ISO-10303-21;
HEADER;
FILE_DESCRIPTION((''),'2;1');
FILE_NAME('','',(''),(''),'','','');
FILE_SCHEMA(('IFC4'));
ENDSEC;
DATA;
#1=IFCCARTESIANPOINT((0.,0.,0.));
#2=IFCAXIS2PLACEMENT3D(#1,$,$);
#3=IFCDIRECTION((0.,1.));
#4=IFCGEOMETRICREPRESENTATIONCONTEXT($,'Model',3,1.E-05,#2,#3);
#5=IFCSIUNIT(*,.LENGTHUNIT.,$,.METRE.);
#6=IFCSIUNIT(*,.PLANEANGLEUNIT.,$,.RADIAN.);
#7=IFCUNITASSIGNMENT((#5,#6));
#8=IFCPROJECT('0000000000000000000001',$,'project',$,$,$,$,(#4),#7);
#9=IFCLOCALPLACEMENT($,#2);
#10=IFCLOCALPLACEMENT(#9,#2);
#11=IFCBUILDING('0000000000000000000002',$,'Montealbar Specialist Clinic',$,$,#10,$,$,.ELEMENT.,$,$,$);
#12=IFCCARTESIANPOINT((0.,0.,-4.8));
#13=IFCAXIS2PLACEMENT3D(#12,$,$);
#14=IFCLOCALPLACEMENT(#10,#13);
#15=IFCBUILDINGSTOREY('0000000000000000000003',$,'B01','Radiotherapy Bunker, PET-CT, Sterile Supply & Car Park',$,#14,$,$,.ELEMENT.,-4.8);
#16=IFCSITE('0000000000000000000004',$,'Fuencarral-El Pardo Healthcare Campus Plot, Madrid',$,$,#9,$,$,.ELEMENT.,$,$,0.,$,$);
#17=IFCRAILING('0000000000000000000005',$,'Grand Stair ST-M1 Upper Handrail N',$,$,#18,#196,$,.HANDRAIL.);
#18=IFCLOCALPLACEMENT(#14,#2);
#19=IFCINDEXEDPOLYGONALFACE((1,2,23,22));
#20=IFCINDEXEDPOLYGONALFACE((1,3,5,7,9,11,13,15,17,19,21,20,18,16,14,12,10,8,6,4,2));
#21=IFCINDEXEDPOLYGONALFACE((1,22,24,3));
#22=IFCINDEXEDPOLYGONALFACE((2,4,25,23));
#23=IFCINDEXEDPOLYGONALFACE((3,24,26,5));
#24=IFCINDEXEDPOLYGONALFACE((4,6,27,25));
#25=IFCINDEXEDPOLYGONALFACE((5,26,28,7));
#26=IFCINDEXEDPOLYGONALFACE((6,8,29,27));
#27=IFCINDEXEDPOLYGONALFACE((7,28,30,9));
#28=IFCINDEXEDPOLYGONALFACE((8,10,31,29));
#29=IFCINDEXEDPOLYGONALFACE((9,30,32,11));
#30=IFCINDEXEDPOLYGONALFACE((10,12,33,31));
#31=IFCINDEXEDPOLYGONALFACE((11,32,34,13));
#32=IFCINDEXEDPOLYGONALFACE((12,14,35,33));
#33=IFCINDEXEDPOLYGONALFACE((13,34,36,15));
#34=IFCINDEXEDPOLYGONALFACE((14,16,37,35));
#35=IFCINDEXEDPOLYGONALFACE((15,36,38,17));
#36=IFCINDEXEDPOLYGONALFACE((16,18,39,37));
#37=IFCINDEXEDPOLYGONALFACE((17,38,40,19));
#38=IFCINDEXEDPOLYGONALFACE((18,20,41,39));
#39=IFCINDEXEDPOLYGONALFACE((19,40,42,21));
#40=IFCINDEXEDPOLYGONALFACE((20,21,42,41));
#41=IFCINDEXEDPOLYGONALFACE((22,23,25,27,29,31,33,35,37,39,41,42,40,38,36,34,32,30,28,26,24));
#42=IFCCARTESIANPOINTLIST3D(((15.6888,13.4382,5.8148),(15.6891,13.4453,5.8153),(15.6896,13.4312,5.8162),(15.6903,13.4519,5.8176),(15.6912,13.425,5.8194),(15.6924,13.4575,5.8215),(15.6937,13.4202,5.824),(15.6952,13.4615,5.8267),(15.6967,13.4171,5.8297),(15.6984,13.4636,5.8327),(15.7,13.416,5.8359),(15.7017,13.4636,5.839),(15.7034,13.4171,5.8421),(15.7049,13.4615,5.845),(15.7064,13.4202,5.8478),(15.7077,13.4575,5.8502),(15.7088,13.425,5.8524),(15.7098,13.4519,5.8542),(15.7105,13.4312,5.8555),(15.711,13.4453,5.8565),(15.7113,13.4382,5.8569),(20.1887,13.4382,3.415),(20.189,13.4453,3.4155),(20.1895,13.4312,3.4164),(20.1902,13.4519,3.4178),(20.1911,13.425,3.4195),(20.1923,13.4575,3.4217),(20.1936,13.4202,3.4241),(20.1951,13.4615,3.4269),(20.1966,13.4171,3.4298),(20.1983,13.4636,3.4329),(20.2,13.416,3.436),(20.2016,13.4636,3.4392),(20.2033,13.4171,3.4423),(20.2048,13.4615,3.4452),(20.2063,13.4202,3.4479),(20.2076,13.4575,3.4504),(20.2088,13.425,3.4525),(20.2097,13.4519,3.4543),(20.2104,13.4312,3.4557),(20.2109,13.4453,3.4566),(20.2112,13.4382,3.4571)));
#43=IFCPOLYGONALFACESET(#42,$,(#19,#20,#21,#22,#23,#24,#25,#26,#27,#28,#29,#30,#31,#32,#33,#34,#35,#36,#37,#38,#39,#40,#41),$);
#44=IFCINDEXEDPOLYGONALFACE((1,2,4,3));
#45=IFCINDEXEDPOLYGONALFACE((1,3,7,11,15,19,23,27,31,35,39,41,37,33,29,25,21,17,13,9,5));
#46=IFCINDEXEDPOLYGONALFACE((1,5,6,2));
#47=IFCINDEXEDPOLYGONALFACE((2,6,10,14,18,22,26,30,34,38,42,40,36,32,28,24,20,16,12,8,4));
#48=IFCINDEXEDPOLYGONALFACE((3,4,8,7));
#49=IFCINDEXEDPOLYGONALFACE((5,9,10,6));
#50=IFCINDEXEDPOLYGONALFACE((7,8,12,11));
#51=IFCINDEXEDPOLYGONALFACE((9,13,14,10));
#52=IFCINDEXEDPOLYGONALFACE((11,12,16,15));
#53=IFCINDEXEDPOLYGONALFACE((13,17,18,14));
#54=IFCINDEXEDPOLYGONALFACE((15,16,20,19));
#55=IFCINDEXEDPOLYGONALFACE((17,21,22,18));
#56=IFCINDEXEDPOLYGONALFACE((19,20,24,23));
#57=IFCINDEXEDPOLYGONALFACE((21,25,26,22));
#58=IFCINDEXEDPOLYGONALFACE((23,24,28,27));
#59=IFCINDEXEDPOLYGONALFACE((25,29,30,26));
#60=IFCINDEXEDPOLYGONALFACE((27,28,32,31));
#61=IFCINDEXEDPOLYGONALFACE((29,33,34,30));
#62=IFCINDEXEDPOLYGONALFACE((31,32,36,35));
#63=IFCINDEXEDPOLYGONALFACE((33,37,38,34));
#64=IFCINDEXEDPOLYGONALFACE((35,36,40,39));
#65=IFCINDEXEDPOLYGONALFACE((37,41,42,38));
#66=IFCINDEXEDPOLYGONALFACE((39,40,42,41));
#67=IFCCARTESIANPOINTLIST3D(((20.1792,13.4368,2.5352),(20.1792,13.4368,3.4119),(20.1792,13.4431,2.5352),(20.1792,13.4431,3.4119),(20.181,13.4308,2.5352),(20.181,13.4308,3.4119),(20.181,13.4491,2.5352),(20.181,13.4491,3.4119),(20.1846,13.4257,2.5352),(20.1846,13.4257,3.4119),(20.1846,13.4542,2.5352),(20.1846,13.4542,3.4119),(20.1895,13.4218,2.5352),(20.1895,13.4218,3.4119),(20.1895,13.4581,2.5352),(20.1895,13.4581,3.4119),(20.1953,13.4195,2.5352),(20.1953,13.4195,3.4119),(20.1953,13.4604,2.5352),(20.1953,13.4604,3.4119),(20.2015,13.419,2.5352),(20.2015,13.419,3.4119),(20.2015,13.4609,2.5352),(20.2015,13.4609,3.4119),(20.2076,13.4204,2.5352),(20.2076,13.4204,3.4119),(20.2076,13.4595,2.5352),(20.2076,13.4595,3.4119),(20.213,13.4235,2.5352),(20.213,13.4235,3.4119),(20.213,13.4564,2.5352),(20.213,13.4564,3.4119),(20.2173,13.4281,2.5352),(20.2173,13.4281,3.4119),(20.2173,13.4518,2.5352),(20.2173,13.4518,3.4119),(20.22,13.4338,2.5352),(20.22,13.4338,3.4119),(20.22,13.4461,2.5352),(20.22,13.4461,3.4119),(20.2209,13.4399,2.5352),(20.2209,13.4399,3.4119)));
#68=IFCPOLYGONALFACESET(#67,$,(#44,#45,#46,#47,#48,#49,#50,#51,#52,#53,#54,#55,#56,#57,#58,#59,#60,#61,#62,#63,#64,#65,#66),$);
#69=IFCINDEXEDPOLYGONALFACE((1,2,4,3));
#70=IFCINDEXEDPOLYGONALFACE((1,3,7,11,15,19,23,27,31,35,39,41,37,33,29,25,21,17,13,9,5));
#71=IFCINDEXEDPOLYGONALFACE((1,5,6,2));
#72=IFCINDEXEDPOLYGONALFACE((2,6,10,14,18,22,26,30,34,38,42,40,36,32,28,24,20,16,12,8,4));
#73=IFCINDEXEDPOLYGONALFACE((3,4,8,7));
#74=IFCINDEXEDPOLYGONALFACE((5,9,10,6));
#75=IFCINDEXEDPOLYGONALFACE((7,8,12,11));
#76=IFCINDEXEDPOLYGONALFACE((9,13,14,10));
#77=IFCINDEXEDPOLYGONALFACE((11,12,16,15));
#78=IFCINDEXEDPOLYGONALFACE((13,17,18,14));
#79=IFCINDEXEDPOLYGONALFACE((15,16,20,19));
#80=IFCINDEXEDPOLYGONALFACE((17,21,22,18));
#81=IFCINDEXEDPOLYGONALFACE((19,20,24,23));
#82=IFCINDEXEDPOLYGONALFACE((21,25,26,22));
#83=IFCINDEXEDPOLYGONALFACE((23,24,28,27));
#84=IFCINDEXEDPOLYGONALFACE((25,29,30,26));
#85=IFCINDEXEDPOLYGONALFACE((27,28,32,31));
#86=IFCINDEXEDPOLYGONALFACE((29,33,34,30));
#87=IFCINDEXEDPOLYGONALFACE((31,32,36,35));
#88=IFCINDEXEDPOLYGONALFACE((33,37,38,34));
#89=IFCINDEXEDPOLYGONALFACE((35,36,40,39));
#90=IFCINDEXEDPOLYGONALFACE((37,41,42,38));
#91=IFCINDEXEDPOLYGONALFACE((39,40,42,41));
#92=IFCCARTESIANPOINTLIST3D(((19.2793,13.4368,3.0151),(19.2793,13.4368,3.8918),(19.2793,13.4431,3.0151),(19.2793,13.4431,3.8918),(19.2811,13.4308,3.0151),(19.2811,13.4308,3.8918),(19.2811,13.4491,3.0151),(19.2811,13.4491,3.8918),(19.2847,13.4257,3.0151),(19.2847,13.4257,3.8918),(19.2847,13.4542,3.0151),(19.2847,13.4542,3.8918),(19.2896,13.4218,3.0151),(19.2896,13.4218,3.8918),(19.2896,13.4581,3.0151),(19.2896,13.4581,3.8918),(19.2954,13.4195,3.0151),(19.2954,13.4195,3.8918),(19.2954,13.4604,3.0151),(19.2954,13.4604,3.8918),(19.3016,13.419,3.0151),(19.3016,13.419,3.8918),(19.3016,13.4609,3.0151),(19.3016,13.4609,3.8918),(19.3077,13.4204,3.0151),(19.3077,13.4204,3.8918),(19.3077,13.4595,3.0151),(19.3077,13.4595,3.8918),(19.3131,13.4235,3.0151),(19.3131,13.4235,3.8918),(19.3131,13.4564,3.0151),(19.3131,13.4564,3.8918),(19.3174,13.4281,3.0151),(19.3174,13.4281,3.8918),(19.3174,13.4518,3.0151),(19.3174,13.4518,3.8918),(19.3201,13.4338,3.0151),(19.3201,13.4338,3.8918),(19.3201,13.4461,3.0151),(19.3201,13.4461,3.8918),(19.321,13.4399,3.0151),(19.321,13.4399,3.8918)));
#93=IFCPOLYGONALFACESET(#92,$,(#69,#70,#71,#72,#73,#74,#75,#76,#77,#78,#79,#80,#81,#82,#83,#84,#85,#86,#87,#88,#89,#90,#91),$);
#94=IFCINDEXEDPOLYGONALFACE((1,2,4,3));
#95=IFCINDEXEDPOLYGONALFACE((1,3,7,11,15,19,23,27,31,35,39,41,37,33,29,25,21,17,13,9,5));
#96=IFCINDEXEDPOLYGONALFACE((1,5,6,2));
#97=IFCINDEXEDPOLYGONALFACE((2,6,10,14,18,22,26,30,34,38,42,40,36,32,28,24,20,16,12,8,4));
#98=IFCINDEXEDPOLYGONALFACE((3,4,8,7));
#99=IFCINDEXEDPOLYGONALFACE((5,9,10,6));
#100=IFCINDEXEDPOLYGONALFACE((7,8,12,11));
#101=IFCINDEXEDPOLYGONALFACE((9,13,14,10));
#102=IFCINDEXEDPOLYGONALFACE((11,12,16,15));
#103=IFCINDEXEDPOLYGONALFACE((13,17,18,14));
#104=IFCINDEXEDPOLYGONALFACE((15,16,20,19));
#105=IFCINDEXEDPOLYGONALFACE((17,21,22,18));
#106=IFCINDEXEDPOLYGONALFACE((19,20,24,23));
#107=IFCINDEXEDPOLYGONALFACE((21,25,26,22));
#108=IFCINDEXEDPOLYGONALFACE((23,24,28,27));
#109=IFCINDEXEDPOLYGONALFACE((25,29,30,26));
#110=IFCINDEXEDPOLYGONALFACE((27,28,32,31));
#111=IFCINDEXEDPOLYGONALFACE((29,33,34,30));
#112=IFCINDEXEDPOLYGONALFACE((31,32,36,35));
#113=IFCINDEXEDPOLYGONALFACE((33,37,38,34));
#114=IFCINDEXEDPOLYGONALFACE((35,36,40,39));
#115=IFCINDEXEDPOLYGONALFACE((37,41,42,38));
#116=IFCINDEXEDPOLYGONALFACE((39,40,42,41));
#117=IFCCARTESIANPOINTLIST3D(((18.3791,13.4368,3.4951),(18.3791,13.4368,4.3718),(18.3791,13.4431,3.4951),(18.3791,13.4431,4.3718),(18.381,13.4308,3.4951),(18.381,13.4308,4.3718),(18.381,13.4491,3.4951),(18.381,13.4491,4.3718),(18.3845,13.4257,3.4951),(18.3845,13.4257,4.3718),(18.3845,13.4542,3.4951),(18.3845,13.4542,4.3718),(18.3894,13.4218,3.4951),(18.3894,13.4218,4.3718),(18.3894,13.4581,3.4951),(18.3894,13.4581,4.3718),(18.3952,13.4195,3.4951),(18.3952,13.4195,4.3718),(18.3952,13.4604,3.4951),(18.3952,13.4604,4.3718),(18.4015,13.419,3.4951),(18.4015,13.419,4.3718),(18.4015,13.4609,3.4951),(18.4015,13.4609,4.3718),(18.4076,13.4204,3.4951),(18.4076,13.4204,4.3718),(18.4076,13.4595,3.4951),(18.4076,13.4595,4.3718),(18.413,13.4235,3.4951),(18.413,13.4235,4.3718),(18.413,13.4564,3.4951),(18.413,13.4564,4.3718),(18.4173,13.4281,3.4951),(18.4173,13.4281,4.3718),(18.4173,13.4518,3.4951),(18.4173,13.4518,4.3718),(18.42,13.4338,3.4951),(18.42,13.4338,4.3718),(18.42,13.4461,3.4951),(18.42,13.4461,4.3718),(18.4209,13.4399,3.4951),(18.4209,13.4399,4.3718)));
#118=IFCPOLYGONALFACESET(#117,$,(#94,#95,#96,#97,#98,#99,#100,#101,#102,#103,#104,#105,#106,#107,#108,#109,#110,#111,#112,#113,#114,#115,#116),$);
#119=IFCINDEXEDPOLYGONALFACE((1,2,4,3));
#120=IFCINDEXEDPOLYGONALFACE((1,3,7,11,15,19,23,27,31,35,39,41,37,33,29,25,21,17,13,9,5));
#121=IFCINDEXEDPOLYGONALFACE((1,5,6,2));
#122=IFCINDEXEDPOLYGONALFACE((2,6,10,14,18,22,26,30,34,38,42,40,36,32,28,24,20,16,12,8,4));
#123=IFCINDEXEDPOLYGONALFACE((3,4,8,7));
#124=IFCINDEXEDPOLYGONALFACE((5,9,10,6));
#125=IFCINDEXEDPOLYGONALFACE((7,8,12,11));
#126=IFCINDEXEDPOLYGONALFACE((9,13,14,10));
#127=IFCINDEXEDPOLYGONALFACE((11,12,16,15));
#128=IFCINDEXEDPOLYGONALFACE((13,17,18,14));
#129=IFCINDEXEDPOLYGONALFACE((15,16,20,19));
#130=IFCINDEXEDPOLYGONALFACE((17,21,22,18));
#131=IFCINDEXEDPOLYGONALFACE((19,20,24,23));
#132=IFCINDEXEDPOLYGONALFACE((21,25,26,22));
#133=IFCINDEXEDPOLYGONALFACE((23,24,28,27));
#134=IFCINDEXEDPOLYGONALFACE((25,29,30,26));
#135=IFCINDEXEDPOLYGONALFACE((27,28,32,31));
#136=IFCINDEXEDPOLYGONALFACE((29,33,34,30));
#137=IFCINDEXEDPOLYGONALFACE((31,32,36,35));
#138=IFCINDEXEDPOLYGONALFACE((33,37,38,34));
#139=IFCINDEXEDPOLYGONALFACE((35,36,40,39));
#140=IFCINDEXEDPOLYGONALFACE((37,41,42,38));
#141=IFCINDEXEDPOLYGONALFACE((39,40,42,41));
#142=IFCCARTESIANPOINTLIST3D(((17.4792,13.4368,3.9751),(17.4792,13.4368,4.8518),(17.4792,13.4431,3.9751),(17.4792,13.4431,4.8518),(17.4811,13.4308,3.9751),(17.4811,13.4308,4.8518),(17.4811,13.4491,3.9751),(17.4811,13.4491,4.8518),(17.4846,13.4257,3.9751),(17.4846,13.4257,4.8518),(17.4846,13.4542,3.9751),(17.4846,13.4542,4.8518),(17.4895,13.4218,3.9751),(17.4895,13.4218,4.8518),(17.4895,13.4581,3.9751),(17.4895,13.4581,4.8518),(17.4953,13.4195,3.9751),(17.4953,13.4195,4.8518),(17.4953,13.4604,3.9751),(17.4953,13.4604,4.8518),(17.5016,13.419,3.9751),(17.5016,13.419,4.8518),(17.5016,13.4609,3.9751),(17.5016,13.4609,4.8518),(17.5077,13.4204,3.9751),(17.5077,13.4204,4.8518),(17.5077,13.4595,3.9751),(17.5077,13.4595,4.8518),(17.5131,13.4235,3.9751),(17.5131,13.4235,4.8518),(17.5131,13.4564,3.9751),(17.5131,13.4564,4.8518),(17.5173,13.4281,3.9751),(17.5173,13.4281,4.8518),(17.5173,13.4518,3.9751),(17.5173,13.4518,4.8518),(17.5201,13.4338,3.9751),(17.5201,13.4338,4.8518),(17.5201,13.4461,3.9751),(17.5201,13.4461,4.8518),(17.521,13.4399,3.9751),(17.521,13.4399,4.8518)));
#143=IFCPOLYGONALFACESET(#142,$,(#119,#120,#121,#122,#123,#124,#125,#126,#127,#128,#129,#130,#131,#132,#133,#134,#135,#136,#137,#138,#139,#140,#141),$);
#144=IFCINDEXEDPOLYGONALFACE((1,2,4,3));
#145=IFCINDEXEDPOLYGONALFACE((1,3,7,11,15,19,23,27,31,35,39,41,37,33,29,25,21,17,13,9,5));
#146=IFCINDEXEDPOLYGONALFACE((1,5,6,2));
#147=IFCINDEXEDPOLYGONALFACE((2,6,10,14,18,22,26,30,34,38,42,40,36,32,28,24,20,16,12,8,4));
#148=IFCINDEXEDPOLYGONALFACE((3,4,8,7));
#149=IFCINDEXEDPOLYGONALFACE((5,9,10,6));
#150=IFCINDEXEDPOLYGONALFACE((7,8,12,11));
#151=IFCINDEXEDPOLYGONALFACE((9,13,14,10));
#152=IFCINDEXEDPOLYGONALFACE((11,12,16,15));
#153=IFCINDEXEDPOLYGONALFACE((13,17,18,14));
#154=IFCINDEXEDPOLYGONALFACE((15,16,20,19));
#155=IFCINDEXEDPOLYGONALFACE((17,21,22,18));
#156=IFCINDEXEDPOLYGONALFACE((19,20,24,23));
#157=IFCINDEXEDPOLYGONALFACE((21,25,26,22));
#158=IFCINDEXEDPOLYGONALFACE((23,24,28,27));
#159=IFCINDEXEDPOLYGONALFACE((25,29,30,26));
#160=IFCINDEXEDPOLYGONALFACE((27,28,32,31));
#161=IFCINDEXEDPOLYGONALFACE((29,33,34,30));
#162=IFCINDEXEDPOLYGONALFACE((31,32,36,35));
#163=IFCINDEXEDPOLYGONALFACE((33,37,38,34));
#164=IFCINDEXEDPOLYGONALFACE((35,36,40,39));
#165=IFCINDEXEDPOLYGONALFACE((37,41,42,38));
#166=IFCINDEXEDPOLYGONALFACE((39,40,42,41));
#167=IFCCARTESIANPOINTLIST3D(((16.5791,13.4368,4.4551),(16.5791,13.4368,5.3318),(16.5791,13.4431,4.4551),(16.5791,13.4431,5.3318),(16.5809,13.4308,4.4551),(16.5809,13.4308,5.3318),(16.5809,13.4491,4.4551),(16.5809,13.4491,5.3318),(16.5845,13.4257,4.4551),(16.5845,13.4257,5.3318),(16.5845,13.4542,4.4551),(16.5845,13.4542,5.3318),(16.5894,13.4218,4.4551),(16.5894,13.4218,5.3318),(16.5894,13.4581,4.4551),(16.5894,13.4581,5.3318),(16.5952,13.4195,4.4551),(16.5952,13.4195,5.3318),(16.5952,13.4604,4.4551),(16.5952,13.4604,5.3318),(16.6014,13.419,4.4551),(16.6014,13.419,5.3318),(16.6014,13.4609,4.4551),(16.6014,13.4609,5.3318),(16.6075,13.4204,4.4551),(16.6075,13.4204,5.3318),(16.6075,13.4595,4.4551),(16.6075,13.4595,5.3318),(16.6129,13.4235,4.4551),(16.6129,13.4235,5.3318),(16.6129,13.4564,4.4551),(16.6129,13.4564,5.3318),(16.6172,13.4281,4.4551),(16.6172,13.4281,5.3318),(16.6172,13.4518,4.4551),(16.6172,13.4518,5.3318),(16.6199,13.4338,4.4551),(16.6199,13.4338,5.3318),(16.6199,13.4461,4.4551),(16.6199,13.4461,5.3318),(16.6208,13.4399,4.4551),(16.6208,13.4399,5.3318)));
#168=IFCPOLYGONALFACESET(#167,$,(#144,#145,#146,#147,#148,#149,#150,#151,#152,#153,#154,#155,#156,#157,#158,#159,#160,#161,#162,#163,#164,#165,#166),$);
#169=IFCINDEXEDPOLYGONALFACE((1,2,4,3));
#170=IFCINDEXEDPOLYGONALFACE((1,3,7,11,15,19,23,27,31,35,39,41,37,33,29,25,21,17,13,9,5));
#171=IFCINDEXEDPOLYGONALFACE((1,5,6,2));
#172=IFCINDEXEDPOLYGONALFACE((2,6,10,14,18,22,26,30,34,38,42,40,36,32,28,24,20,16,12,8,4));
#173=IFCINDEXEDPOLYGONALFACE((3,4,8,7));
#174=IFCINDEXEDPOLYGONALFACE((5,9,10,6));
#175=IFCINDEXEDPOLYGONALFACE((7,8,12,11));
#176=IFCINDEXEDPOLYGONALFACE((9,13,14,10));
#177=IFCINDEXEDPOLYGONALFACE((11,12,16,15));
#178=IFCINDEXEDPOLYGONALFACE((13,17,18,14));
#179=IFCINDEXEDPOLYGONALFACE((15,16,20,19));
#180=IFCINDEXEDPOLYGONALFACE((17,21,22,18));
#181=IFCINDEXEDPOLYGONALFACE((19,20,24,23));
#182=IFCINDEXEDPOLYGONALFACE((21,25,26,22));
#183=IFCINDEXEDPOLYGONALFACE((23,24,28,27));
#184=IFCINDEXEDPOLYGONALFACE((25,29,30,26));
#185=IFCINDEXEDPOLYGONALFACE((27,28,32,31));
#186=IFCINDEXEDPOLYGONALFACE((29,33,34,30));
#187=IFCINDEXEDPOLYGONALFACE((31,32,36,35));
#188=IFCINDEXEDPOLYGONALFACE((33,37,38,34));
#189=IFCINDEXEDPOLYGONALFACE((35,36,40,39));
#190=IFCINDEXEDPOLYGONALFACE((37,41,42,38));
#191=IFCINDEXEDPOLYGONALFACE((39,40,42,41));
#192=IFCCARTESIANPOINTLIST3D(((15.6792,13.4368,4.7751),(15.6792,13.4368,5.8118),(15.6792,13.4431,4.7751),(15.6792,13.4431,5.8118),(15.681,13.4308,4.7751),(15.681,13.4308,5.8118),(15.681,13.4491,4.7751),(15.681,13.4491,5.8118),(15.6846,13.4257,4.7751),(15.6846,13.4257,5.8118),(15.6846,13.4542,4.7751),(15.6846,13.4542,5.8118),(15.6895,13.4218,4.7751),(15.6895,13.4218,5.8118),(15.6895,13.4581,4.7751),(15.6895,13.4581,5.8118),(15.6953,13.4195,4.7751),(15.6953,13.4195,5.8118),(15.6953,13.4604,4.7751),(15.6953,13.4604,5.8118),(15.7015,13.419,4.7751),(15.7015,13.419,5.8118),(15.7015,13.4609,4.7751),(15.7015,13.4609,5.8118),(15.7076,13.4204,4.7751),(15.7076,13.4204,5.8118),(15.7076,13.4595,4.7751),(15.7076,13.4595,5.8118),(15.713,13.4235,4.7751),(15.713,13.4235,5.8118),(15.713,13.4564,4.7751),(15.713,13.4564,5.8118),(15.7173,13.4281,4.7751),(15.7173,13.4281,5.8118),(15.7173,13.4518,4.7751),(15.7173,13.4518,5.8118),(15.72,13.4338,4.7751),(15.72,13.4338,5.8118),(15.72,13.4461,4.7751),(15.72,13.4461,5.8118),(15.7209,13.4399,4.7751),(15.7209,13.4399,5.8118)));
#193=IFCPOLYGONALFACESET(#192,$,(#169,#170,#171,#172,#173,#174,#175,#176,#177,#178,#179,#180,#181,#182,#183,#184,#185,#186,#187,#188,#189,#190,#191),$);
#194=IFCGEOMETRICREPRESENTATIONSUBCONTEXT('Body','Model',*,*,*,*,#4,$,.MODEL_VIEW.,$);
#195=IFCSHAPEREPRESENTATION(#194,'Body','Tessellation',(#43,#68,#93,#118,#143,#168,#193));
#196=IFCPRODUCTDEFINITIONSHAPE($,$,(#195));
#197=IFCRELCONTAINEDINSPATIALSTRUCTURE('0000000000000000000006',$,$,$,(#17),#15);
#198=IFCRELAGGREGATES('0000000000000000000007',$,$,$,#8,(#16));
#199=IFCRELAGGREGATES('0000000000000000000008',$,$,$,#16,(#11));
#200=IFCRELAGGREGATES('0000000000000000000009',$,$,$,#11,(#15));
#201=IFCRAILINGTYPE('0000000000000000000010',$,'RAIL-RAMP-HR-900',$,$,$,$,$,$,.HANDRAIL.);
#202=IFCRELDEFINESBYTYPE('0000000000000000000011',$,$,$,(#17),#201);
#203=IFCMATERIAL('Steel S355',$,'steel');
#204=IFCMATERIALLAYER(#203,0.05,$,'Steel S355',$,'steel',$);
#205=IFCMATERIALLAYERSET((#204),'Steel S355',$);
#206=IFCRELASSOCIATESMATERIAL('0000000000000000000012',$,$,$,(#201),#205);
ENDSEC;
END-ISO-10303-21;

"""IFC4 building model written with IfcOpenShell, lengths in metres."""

from ifc_helpers import new_model, si_unit, direction, frame, origin, origin_2d, place, context, subcontext, project, spatial, circle, extrude, material, layer, layer_set, type_object, element, save


model = new_model("IFC4")

# Units and contexts
model_context = context("Model", 3, precision=1e-05, world=origin(), true_north=direction((0.0, 1.0)))
body_context = subcontext(model_context, "Body", "Model", "MODEL_VIEW")
ifc_project = project(units=[si_unit("LENGTHUNIT", "METRE"), si_unit("PLANEANGLEUNIT", "RADIAN")], contexts=[model_context])

# Site, building, storey
site_placement = place(None, origin())
site = spatial("IfcSite", under=ifc_project, at=site_placement, Name="Fuencarral-El Pardo Healthcare Campus Plot, Madrid", CompositionType="ELEMENT", RefElevation=0.0)
building_placement = place(site_placement, origin())
building = spatial("IfcBuilding", under=site, at=building_placement, Name="Montealbar Specialist Clinic", CompositionType="ELEMENT")
storey_placement = place(building_placement, frame((0.0, 0.0, -4.8)))
storey = spatial("IfcBuildingStorey", under=building, at=storey_placement, Name="B01", Description="Radiotherapy Bunker, PET-CT, Sterile Supply & Car Park", CompositionType="ELEMENT", Elevation=-4.8)

# Railing
ifc_material_1 = material(Name="Steel S355", Category="steel")
ifc_layer_1 = layer(ifc_material_1, 0.05, Name="Steel S355", Category="steel")
ifc_layer_set_1 = layer_set([ifc_layer_1], Name="Steel S355")
railing_type = type_object("IfcRailingType", Name="RAIL-RAMP-HR-900", PredefinedType="HANDRAIL", material=ifc_layer_set_1)
for number, where, name in (
    (1, (20.2, 13.4399, 2.5601), "Grand Stair ST-M1 Upper Handrail N"),
):
    element("IfcRailing", number, at=place(storey_placement, frame(where)), inside=storey, type_object=railing_type, Name=name, PredefinedType="HANDRAIL", context=body_context, shape_type="SweptSolid", body=[
        extrude(circle(Radius=0.0239, at=origin_2d()), frame((0.0, 0.0, 0.876), z_axis=(-0.882361, 0.0, 0.470573), x_axis=(0.0, -1.0, 0.0)), (0.0, 0.0, 1.0), 5.0999),
        extrude(circle(Radius=0.021, at=origin_2d()), frame((0.0, 0.0, -0.0249)), (0.0, 0.0, 1.0), 0.8767),
        extrude(circle(Radius=0.021, at=origin_2d()), frame((-0.8999, 0.0, 0.4551)), (0.0, 0.0, 1.0), 0.8767),
        extrude(circle(Radius=0.021, at=origin_2d()), frame((-1.8, 0.0, 0.9351)), (0.0, 0.0, 1.0), 0.8767),
        extrude(circle(Radius=0.021, at=origin_2d()), frame((-2.7, 0.0, 1.415)), (0.0, 0.0, 1.0), 0.8767),
        extrude(circle(Radius=0.021, at=origin_2d()), frame((-3.6001, 0.0, 1.895)), (0.0, 0.0, 1.0), 0.8767),
        extrude(circle(Radius=0.021, at=origin_2d()), frame((-4.5, 0.0, 2.2151)), (0.0, 0.0, 1.0), 1.0366),
    ])

save(model, "model.ifc")
